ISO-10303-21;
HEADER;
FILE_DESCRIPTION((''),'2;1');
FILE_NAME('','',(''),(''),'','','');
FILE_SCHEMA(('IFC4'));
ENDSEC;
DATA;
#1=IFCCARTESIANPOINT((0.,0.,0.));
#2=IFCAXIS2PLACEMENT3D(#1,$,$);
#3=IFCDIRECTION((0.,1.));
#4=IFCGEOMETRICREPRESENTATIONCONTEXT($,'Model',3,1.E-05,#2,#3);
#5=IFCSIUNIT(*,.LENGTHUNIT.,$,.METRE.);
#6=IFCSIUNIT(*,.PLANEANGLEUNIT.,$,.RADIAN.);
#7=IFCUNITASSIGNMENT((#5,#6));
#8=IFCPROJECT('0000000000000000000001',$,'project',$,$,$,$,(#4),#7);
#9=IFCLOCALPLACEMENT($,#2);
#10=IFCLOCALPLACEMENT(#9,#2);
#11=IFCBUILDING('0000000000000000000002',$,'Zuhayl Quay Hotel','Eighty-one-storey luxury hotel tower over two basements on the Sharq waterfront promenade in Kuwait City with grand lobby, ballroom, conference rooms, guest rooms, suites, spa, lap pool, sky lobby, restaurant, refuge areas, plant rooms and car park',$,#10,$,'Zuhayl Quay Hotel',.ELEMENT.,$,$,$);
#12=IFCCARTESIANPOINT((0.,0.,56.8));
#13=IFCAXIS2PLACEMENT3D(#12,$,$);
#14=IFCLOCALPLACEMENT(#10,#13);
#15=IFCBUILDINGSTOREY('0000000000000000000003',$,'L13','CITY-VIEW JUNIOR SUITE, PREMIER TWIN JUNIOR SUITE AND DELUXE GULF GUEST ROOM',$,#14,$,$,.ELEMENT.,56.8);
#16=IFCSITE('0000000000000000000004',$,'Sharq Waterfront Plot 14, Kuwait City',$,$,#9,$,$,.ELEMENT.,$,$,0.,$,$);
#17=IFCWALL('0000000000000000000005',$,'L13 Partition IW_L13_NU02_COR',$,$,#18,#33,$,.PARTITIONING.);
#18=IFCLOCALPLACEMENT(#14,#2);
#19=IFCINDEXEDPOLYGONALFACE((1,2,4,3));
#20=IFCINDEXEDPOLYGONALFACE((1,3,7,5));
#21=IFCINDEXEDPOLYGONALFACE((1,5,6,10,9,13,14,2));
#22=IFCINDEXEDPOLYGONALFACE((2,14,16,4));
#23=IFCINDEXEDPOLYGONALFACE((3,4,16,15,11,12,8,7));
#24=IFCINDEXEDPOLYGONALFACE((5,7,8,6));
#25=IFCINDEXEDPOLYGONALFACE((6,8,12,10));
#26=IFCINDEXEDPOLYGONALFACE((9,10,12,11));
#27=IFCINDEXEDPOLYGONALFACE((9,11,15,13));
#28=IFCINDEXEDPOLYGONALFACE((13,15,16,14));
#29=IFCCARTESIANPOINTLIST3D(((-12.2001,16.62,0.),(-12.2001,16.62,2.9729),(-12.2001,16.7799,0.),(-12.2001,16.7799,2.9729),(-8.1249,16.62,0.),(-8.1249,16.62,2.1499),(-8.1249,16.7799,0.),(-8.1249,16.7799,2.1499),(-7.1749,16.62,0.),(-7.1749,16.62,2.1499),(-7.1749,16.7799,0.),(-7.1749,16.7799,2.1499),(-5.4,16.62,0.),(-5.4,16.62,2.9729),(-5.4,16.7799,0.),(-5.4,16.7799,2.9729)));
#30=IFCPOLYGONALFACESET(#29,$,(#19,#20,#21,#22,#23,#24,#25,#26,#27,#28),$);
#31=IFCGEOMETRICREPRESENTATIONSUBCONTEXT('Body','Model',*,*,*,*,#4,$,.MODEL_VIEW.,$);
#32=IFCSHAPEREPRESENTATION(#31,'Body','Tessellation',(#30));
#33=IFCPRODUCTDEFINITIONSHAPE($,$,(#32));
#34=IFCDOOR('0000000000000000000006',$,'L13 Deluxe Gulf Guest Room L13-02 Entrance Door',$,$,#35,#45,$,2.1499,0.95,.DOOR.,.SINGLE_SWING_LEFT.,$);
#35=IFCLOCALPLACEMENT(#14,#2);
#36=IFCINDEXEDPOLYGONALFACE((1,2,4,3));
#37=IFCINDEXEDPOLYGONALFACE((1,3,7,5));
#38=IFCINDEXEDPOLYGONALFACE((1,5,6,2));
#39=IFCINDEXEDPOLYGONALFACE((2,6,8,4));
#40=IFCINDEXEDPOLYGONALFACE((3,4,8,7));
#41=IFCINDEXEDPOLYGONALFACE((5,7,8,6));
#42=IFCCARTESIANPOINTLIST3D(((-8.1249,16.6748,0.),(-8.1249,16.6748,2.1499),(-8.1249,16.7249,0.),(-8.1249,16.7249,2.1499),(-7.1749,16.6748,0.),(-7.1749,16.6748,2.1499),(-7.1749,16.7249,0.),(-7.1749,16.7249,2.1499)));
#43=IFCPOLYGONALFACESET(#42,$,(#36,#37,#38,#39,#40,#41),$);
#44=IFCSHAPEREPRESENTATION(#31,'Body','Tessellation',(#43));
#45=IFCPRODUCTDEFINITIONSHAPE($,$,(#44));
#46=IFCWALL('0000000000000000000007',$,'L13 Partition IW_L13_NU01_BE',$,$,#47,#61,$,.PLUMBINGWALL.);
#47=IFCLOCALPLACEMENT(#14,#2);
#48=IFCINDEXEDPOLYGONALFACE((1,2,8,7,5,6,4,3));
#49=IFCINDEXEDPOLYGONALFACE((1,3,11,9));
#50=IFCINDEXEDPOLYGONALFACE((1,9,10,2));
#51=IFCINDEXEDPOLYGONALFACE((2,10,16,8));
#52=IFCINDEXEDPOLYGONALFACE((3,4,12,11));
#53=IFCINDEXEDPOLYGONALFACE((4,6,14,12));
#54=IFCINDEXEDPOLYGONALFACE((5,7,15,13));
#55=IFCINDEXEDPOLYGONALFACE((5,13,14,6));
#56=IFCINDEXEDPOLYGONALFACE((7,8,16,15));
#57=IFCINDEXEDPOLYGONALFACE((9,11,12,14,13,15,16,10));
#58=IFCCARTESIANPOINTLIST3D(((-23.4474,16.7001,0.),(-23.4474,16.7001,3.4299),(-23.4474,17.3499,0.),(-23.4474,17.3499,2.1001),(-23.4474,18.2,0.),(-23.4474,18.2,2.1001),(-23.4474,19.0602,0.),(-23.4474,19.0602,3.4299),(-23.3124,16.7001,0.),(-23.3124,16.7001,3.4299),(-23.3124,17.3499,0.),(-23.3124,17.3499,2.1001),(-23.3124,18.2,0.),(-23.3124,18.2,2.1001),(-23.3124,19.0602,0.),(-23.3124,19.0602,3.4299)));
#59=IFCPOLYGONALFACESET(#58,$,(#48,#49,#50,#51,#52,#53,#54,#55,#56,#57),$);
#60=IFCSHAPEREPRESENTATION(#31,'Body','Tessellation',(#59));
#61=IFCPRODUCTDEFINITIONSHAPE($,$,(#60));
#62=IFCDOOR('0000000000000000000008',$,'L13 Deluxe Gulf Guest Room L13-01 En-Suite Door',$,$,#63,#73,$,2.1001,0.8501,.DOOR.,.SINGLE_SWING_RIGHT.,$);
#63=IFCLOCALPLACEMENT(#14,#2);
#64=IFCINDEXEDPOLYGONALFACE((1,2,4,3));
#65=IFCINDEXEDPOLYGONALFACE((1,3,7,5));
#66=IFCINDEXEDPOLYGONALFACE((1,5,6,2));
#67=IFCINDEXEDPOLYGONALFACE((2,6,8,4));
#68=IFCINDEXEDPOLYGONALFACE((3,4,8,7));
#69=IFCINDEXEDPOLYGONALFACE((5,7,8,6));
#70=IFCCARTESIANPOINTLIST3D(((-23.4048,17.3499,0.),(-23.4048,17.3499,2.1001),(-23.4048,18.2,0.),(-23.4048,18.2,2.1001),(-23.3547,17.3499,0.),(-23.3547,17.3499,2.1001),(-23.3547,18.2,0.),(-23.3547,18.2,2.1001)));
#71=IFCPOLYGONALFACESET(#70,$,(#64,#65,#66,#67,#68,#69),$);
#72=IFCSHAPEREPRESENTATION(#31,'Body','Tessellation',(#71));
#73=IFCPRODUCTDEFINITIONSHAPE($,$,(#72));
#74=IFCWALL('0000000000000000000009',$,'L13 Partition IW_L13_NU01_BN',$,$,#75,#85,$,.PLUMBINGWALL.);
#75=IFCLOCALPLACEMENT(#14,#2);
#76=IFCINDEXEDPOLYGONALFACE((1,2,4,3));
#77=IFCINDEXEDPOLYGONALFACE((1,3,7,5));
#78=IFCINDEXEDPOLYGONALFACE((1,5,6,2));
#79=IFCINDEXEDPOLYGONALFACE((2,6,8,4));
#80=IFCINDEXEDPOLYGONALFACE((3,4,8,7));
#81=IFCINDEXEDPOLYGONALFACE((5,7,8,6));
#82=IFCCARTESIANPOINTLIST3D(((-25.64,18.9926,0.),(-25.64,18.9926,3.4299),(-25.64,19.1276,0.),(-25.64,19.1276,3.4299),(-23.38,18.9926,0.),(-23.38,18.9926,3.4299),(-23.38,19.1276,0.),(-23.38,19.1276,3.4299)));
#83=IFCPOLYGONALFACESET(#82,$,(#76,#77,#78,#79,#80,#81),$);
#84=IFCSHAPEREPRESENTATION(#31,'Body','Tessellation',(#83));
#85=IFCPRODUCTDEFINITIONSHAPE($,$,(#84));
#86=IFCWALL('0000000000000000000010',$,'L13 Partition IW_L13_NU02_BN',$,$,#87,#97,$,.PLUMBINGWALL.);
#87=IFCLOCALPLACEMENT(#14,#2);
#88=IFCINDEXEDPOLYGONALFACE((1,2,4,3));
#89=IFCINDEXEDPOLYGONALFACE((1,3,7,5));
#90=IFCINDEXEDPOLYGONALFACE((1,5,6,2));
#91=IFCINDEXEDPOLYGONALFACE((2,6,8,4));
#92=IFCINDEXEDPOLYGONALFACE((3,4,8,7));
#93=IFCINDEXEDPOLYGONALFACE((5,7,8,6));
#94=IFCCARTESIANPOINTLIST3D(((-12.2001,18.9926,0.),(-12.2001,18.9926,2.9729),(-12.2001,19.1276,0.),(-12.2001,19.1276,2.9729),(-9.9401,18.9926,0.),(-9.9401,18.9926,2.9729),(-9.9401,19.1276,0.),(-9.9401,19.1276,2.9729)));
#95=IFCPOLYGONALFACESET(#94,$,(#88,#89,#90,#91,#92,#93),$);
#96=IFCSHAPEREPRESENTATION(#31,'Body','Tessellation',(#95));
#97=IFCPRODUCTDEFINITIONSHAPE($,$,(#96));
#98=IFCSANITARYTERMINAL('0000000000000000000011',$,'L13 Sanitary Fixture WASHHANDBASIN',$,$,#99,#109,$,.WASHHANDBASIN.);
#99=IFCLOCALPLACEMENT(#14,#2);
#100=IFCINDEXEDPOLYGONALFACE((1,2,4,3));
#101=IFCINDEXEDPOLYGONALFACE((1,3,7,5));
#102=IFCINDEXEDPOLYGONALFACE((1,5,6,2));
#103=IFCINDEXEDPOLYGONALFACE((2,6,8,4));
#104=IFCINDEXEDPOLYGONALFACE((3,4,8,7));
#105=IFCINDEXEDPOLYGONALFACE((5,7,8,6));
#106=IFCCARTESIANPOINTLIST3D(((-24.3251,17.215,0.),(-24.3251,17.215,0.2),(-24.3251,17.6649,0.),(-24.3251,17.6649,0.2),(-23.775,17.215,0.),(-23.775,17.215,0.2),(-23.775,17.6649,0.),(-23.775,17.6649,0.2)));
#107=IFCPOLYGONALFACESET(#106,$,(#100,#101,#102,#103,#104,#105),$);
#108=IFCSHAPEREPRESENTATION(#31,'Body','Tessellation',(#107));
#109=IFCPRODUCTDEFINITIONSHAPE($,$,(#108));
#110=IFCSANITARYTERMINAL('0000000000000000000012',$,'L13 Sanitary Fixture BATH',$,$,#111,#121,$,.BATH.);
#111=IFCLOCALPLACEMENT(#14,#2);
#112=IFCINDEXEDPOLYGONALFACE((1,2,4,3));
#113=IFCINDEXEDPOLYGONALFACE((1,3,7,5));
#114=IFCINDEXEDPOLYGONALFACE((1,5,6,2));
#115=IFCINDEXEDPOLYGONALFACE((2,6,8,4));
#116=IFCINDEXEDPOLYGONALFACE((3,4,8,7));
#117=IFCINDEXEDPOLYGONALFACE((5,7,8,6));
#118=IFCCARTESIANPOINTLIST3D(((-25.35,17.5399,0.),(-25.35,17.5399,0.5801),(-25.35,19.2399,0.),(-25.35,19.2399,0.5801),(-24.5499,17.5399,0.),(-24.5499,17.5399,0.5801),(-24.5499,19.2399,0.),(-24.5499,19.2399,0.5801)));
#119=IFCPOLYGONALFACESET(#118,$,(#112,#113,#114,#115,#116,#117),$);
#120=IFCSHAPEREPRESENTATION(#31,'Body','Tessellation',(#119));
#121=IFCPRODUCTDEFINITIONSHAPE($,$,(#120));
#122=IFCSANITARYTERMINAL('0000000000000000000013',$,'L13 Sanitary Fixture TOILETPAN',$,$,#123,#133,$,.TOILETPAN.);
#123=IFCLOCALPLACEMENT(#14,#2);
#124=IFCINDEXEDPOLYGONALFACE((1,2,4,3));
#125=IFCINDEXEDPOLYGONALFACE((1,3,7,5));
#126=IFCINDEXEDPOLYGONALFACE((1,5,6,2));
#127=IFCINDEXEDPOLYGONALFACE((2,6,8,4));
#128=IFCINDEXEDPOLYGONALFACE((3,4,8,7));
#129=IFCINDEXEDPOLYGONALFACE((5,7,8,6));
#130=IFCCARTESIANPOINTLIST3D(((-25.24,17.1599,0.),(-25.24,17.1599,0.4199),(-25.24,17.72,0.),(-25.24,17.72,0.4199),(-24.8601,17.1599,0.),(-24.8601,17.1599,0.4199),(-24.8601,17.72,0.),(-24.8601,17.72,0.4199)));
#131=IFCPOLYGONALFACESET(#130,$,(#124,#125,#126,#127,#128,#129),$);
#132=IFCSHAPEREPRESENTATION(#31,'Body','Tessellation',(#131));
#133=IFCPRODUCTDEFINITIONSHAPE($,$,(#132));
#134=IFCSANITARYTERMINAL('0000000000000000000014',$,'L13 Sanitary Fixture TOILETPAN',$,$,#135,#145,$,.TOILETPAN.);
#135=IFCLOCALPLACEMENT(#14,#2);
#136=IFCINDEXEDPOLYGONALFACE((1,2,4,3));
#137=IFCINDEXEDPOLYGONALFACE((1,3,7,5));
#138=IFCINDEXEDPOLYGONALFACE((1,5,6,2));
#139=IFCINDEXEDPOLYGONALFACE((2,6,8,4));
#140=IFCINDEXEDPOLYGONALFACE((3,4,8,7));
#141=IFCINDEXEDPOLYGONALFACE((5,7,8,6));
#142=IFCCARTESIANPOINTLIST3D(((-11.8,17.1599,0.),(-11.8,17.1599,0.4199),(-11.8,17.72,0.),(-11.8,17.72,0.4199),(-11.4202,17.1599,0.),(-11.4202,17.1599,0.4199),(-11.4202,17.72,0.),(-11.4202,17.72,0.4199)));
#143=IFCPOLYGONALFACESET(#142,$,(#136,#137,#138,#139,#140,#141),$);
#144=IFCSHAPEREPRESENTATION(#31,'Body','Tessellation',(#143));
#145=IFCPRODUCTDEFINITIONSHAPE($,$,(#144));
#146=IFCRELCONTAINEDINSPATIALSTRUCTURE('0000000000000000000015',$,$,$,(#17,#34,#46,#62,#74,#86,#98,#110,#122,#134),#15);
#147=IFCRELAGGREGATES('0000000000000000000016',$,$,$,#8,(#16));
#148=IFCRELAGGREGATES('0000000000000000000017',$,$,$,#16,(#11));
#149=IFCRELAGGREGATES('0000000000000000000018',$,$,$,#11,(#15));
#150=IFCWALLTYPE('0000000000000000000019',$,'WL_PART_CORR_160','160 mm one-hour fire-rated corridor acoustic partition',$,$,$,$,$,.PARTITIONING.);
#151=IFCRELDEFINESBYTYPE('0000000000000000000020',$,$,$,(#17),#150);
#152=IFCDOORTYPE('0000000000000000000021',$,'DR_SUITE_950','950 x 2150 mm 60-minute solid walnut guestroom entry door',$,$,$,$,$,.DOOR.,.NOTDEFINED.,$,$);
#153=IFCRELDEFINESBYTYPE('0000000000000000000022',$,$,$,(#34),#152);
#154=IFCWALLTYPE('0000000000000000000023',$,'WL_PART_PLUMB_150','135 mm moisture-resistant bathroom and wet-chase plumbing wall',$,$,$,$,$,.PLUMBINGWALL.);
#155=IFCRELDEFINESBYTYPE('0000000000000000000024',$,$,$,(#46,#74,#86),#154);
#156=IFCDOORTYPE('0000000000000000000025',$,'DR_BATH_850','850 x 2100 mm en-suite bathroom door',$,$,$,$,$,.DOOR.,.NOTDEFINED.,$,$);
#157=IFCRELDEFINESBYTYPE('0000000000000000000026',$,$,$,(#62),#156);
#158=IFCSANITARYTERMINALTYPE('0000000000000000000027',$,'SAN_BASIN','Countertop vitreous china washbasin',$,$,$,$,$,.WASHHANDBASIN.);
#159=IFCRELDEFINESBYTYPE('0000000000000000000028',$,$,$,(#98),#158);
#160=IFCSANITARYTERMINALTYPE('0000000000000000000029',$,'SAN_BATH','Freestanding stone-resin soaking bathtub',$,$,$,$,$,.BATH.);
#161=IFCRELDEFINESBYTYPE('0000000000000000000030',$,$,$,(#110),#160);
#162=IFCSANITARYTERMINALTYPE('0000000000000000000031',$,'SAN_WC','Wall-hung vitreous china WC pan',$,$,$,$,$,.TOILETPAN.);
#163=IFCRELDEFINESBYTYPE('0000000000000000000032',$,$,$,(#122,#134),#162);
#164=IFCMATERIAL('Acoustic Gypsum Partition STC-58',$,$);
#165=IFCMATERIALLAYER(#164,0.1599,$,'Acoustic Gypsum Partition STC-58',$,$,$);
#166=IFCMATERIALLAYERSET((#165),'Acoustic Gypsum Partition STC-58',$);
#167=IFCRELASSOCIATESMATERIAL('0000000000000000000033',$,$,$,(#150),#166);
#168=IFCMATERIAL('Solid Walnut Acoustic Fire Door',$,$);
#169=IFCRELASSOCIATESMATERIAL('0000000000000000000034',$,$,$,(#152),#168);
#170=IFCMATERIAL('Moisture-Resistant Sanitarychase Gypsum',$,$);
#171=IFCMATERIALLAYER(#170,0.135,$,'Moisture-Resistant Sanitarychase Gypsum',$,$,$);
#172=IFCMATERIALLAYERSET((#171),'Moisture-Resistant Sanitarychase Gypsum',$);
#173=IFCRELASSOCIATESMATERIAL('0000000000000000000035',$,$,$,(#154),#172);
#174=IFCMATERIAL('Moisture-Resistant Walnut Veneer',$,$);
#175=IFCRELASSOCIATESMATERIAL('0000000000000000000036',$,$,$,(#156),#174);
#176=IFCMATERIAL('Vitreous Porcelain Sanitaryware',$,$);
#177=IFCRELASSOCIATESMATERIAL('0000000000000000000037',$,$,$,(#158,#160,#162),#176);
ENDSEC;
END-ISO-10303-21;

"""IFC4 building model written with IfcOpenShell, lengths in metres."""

from ifc_helpers import new_model, si_unit, direction, frame, frame_2d, origin, origin_2d, place, context, subcontext, project, spatial, rectangle, extrude, material, layer, layer_set, type_object, element, fill, save


model = new_model("IFC4")

# Units and contexts
model_context = context("Model", 3, precision=1e-05, world=origin(), true_north=direction((0.0, 1.0)))
body_context = subcontext(model_context, "Body", "Model", "MODEL_VIEW")
ifc_project = project(units=[si_unit("LENGTHUNIT", "METRE"), si_unit("PLANEANGLEUNIT", "RADIAN")], contexts=[model_context])

# Site, building, storey
site_placement = place(None, origin())
site = spatial("IfcSite", under=ifc_project, at=site_placement, Name="Sharq Waterfront Plot 14, Kuwait City", CompositionType="ELEMENT", RefElevation=0.0)
building_placement = place(site_placement, origin())
building = spatial("IfcBuilding", under=site, at=building_placement, Name="Zuhayl Quay Hotel", Description="Eighty-one-storey luxury hotel tower over two basements on the Sharq waterfront promenade in Kuwait City with grand lobby, ballroom, conference rooms, guest rooms, suites, spa, lap pool, sky lobby, restaurant, refuge areas, plant rooms and car park", LongName="Zuhayl Quay Hotel", CompositionType="ELEMENT")
storey_placement = place(building_placement, frame((0.0, 0.0, 56.8)))
storey = spatial("IfcBuildingStorey", under=building, at=storey_placement, Name="L13", Description="CITY-VIEW JUNIOR SUITE, PREMIER TWIN JUNIOR SUITE AND DELUXE GULF GUEST ROOM", CompositionType="ELEMENT", Elevation=56.8)

# Shared definitions
ifc_material_1 = material(Name="Acoustic Gypsum Partition STC-58")

# Walls, openings, doors
ifc_layer_1 = layer(ifc_material_1, 0.1599, Name="Acoustic Gypsum Partition STC-58")
ifc_layer_set_1 = layer_set([ifc_layer_1], Name="Acoustic Gypsum Partition STC-58")
wall_type_1 = type_object("IfcWallType", Name="WL_PART_CORR_160", Description="160 mm one-hour fire-rated corridor acoustic partition", PredefinedType="PARTITIONING", material=ifc_layer_set_1)
ifc_material_2 = material(Name="Solid Walnut Acoustic Fire Door")
wall_1_placement = place(storey_placement, frame((-12.2, 16.7, 0.0), z_axis=(0.0, 0.0, 1.0), x_axis=(1.0, 0.0, 0.0)))
wall_1 = element("IfcWall", 1, at=wall_1_placement, inside=storey, type_object=wall_type_1, Name="L13 Partition IW_L13_NU02_COR", PredefinedType="PARTITIONING", context=body_context, shape_type="SweptSolid", body=[
    extrude(rectangle(XDim=6.8, YDim=0.1599, at=frame_2d((3.3999, 0.0))), origin(), (0.0, 0.0, 1.0), 2.9729),
])
opening_1_placement = place(wall_1_placement, frame((4.075, 0.0, 0.0)))
opening_1 = element("IfcOpeningElement", 2, at=opening_1_placement, cuts=wall_1, PredefinedType="OPENING", context=body_context, shape_type="SweptSolid", body=[
    extrude(rectangle(XDim=0.95, YDim=2.1499, at=frame_2d((0.4751, 1.075))), frame((0.0, 0.0898, 0.0), z_axis=(0.0, -1.0, 0.0), x_axis=(1.0, 0.0, 0.0)), (0.0, 0.0, 1.0), 0.1799),
])
door_type_1 = type_object("IfcDoorType", Name="DR_SUITE_950", Description="950 x 2150 mm 60-minute solid walnut guestroom entry door", OperationType="NOTDEFINED", PredefinedType="DOOR", material=ifc_material_2)
door_1_placement = place(opening_1_placement, origin())
door_1 = element("IfcDoor", 3, at=door_1_placement, inside=storey, type_object=door_type_1, Name="L13 Deluxe Gulf Guest Room L13-02 Entrance Door", OperationType="SINGLE_SWING_LEFT", OverallHeight=2.1499, OverallWidth=0.95, PredefinedType="DOOR", context=body_context, shape_type="SweptSolid", body=[
    extrude(rectangle(XDim=0.95, YDim=2.1499, at=frame_2d((0.4751, 1.075))), frame((0.0, 0.0249, 0.0), z_axis=(0.0, -1.0, 0.0), x_axis=(1.0, 0.0, 0.0)), (0.0, 0.0, 1.0), 0.05),
])
fill(opening_1, door_1)
ifc_material_3 = material(Name="Moisture-Resistant Sanitarychase Gypsum")
ifc_layer_2 = layer(ifc_material_3, 0.135, Name="Moisture-Resistant Sanitarychase Gypsum")
ifc_layer_set_2 = layer_set([ifc_layer_2], Name="Moisture-Resistant Sanitarychase Gypsum")
wall_type_2 = type_object("IfcWallType", Name="WL_PART_PLUMB_150", Description="135 mm moisture-resistant bathroom and wet-chase plumbing wall", PredefinedType="PLUMBINGWALL", material=ifc_layer_set_2)
wall_2_placement = place(storey_placement, frame((-23.3799, 16.7, 0.0), z_axis=(0.0, 0.0, 1.0), x_axis=(0.0, 1.0, 0.0)))
wall_2 = element("IfcWall", 4, at=wall_2_placement, inside=storey, type_object=wall_type_2, Name="L13 Partition IW_L13_NU01_BE", PredefinedType="PLUMBINGWALL", context=body_context, shape_type="SweptSolid", body=[
    extrude(rectangle(XDim=2.3601, YDim=0.135, at=frame_2d((1.1802, 0.0))), origin(), (0.0, 0.0, 1.0), 3.4299),
])
opening_2_placement = place(wall_2_placement, frame((0.6499, 0.0, 0.0)))
opening_2 = element("IfcOpeningElement", 5, at=opening_2_placement, cuts=wall_2, PredefinedType="OPENING", context=body_context, shape_type="SweptSolid", body=[
    extrude(rectangle(XDim=0.8501, YDim=2.1001, at=frame_2d((0.425, 1.05))), frame((0.0, 0.0774, 0.0), z_axis=(0.0, -1.0, 0.0), x_axis=(1.0, 0.0, 0.0)), (0.0, 0.0, 1.0), 0.155),
])
ifc_material_4 = material(Name="Moisture-Resistant Walnut Veneer")
door_type_2 = type_object("IfcDoorType", Name="DR_BATH_850", Description="850 x 2100 mm en-suite bathroom door", OperationType="NOTDEFINED", PredefinedType="DOOR", material=ifc_material_4)
door_2_placement = place(opening_2_placement, origin())
door_2 = element("IfcDoor", 6, at=door_2_placement, inside=storey, type_object=door_type_2, Name="L13 Deluxe Gulf Guest Room L13-01 En-Suite Door", OperationType="SINGLE_SWING_RIGHT", OverallHeight=2.1001, OverallWidth=0.8501, PredefinedType="DOOR", context=body_context, shape_type="SweptSolid", body=[
    extrude(rectangle(XDim=0.8501, YDim=2.1001, at=frame_2d((0.425, 1.05))), frame((0.0, 0.0249, 0.0), z_axis=(0.0, -1.0, 0.0), x_axis=(1.0, 0.0, 0.0)), (0.0, 0.0, 1.0), 0.05),
])
fill(opening_2, door_2)

# Walls
wall_3_placement = place(storey_placement, frame((-25.6399, 19.0601, 0.0), z_axis=(0.0, 0.0, 1.0), x_axis=(1.0, 0.0, 0.0)))
element("IfcWall", 7, at=wall_3_placement, inside=storey, type_object=wall_type_2, Name="L13 Partition IW_L13_NU01_BN", PredefinedType="PLUMBINGWALL", context=body_context, shape_type="SweptSolid", body=[
    extrude(rectangle(XDim=2.26, YDim=0.135, at=frame_2d((1.1299, 0.0))), origin(), (0.0, 0.0, 1.0), 3.4299),
])
wall_4_placement = place(storey_placement, frame((-12.2, 19.0601, 0.0), z_axis=(0.0, 0.0, 1.0), x_axis=(1.0, 0.0, 0.0)))
element("IfcWall", 8, at=wall_4_placement, inside=storey, type_object=wall_type_2, Name="L13 Partition IW_L13_NU02_BN", PredefinedType="PLUMBINGWALL", context=body_context, shape_type="SweptSolid", body=[
    extrude(rectangle(XDim=2.26, YDim=0.135, at=frame_2d((1.1299, 0.0))), origin(), (0.0, 0.0, 1.0), 2.9729),
])

# Sanitary terminals
ifc_material_5 = material(Name="Vitreous Porcelain Sanitaryware")
sanitary_terminal_type_1 = type_object("IfcSanitaryTerminalType", Name="SAN_BASIN", Description="Countertop vitreous china washbasin", PredefinedType="WASHHANDBASIN", material=ifc_material_5)
sanitary_terminal_1_placement = place(storey_placement, frame((-24.05, 17.4399, 0.0), z_axis=(0.0, 0.0, 1.0), x_axis=(1.0, 0.0, 0.0)))
element("IfcSanitaryTerminal", 9, at=sanitary_terminal_1_placement, inside=storey, type_object=sanitary_terminal_type_1, Name="L13 Sanitary Fixture WASHHANDBASIN", PredefinedType="WASHHANDBASIN", context=body_context, shape_type="SweptSolid", body=[
    extrude(rectangle(XDim=0.55, YDim=0.45, at=origin_2d()), origin(), (0.0, 0.0, 1.0), 0.2),
])
sanitary_terminal_type_2 = type_object("IfcSanitaryTerminalType", Name="SAN_BATH", Description="Freestanding stone-resin soaking bathtub", PredefinedType="BATH", material=ifc_material_5)
sanitary_terminal_2_placement = place(storey_placement, frame((-24.95, 18.3899, 0.0), z_axis=(0.0, 0.0, 1.0), x_axis=(1.0, 0.0, 0.0)))
element("IfcSanitaryTerminal", 10, at=sanitary_terminal_2_placement, inside=storey, type_object=sanitary_terminal_type_2, Name="L13 Sanitary Fixture BATH", PredefinedType="BATH", context=body_context, shape_type="SweptSolid", body=[
    extrude(rectangle(XDim=0.8, YDim=1.7, at=origin_2d()), origin(), (0.0, 0.0, 1.0), 0.5801),
])
sanitary_terminal_type_3 = type_object("IfcSanitaryTerminalType", Name="SAN_WC", Description="Wall-hung vitreous china WC pan", PredefinedType="TOILETPAN", material=ifc_material_5)
for number, where, z_axis, x_axis, name in (
    (11, (-25.05, 17.4399, 0.0), (0.0, 0.0, 1.0), (1.0, 0.0, 0.0), "L13 Sanitary Fixture TOILETPAN"),
    (12, (-11.6101, 17.4399, 0.0), (0.0, 0.0, 1.0), (1.0, 0.0, 0.0), "L13 Sanitary Fixture TOILETPAN"),
):
    element("IfcSanitaryTerminal", number, at=place(storey_placement, frame(where, z_axis=z_axis, x_axis=x_axis)), inside=storey, type_object=sanitary_terminal_type_3, Name=name, PredefinedType="TOILETPAN", context=body_context, shape_type="SweptSolid", body=[
        extrude(rectangle(XDim=0.3799, YDim=0.5601, at=origin_2d()), origin(), (0.0, 0.0, 1.0), 0.4199),
    ])

save(model, "model.ifc")
